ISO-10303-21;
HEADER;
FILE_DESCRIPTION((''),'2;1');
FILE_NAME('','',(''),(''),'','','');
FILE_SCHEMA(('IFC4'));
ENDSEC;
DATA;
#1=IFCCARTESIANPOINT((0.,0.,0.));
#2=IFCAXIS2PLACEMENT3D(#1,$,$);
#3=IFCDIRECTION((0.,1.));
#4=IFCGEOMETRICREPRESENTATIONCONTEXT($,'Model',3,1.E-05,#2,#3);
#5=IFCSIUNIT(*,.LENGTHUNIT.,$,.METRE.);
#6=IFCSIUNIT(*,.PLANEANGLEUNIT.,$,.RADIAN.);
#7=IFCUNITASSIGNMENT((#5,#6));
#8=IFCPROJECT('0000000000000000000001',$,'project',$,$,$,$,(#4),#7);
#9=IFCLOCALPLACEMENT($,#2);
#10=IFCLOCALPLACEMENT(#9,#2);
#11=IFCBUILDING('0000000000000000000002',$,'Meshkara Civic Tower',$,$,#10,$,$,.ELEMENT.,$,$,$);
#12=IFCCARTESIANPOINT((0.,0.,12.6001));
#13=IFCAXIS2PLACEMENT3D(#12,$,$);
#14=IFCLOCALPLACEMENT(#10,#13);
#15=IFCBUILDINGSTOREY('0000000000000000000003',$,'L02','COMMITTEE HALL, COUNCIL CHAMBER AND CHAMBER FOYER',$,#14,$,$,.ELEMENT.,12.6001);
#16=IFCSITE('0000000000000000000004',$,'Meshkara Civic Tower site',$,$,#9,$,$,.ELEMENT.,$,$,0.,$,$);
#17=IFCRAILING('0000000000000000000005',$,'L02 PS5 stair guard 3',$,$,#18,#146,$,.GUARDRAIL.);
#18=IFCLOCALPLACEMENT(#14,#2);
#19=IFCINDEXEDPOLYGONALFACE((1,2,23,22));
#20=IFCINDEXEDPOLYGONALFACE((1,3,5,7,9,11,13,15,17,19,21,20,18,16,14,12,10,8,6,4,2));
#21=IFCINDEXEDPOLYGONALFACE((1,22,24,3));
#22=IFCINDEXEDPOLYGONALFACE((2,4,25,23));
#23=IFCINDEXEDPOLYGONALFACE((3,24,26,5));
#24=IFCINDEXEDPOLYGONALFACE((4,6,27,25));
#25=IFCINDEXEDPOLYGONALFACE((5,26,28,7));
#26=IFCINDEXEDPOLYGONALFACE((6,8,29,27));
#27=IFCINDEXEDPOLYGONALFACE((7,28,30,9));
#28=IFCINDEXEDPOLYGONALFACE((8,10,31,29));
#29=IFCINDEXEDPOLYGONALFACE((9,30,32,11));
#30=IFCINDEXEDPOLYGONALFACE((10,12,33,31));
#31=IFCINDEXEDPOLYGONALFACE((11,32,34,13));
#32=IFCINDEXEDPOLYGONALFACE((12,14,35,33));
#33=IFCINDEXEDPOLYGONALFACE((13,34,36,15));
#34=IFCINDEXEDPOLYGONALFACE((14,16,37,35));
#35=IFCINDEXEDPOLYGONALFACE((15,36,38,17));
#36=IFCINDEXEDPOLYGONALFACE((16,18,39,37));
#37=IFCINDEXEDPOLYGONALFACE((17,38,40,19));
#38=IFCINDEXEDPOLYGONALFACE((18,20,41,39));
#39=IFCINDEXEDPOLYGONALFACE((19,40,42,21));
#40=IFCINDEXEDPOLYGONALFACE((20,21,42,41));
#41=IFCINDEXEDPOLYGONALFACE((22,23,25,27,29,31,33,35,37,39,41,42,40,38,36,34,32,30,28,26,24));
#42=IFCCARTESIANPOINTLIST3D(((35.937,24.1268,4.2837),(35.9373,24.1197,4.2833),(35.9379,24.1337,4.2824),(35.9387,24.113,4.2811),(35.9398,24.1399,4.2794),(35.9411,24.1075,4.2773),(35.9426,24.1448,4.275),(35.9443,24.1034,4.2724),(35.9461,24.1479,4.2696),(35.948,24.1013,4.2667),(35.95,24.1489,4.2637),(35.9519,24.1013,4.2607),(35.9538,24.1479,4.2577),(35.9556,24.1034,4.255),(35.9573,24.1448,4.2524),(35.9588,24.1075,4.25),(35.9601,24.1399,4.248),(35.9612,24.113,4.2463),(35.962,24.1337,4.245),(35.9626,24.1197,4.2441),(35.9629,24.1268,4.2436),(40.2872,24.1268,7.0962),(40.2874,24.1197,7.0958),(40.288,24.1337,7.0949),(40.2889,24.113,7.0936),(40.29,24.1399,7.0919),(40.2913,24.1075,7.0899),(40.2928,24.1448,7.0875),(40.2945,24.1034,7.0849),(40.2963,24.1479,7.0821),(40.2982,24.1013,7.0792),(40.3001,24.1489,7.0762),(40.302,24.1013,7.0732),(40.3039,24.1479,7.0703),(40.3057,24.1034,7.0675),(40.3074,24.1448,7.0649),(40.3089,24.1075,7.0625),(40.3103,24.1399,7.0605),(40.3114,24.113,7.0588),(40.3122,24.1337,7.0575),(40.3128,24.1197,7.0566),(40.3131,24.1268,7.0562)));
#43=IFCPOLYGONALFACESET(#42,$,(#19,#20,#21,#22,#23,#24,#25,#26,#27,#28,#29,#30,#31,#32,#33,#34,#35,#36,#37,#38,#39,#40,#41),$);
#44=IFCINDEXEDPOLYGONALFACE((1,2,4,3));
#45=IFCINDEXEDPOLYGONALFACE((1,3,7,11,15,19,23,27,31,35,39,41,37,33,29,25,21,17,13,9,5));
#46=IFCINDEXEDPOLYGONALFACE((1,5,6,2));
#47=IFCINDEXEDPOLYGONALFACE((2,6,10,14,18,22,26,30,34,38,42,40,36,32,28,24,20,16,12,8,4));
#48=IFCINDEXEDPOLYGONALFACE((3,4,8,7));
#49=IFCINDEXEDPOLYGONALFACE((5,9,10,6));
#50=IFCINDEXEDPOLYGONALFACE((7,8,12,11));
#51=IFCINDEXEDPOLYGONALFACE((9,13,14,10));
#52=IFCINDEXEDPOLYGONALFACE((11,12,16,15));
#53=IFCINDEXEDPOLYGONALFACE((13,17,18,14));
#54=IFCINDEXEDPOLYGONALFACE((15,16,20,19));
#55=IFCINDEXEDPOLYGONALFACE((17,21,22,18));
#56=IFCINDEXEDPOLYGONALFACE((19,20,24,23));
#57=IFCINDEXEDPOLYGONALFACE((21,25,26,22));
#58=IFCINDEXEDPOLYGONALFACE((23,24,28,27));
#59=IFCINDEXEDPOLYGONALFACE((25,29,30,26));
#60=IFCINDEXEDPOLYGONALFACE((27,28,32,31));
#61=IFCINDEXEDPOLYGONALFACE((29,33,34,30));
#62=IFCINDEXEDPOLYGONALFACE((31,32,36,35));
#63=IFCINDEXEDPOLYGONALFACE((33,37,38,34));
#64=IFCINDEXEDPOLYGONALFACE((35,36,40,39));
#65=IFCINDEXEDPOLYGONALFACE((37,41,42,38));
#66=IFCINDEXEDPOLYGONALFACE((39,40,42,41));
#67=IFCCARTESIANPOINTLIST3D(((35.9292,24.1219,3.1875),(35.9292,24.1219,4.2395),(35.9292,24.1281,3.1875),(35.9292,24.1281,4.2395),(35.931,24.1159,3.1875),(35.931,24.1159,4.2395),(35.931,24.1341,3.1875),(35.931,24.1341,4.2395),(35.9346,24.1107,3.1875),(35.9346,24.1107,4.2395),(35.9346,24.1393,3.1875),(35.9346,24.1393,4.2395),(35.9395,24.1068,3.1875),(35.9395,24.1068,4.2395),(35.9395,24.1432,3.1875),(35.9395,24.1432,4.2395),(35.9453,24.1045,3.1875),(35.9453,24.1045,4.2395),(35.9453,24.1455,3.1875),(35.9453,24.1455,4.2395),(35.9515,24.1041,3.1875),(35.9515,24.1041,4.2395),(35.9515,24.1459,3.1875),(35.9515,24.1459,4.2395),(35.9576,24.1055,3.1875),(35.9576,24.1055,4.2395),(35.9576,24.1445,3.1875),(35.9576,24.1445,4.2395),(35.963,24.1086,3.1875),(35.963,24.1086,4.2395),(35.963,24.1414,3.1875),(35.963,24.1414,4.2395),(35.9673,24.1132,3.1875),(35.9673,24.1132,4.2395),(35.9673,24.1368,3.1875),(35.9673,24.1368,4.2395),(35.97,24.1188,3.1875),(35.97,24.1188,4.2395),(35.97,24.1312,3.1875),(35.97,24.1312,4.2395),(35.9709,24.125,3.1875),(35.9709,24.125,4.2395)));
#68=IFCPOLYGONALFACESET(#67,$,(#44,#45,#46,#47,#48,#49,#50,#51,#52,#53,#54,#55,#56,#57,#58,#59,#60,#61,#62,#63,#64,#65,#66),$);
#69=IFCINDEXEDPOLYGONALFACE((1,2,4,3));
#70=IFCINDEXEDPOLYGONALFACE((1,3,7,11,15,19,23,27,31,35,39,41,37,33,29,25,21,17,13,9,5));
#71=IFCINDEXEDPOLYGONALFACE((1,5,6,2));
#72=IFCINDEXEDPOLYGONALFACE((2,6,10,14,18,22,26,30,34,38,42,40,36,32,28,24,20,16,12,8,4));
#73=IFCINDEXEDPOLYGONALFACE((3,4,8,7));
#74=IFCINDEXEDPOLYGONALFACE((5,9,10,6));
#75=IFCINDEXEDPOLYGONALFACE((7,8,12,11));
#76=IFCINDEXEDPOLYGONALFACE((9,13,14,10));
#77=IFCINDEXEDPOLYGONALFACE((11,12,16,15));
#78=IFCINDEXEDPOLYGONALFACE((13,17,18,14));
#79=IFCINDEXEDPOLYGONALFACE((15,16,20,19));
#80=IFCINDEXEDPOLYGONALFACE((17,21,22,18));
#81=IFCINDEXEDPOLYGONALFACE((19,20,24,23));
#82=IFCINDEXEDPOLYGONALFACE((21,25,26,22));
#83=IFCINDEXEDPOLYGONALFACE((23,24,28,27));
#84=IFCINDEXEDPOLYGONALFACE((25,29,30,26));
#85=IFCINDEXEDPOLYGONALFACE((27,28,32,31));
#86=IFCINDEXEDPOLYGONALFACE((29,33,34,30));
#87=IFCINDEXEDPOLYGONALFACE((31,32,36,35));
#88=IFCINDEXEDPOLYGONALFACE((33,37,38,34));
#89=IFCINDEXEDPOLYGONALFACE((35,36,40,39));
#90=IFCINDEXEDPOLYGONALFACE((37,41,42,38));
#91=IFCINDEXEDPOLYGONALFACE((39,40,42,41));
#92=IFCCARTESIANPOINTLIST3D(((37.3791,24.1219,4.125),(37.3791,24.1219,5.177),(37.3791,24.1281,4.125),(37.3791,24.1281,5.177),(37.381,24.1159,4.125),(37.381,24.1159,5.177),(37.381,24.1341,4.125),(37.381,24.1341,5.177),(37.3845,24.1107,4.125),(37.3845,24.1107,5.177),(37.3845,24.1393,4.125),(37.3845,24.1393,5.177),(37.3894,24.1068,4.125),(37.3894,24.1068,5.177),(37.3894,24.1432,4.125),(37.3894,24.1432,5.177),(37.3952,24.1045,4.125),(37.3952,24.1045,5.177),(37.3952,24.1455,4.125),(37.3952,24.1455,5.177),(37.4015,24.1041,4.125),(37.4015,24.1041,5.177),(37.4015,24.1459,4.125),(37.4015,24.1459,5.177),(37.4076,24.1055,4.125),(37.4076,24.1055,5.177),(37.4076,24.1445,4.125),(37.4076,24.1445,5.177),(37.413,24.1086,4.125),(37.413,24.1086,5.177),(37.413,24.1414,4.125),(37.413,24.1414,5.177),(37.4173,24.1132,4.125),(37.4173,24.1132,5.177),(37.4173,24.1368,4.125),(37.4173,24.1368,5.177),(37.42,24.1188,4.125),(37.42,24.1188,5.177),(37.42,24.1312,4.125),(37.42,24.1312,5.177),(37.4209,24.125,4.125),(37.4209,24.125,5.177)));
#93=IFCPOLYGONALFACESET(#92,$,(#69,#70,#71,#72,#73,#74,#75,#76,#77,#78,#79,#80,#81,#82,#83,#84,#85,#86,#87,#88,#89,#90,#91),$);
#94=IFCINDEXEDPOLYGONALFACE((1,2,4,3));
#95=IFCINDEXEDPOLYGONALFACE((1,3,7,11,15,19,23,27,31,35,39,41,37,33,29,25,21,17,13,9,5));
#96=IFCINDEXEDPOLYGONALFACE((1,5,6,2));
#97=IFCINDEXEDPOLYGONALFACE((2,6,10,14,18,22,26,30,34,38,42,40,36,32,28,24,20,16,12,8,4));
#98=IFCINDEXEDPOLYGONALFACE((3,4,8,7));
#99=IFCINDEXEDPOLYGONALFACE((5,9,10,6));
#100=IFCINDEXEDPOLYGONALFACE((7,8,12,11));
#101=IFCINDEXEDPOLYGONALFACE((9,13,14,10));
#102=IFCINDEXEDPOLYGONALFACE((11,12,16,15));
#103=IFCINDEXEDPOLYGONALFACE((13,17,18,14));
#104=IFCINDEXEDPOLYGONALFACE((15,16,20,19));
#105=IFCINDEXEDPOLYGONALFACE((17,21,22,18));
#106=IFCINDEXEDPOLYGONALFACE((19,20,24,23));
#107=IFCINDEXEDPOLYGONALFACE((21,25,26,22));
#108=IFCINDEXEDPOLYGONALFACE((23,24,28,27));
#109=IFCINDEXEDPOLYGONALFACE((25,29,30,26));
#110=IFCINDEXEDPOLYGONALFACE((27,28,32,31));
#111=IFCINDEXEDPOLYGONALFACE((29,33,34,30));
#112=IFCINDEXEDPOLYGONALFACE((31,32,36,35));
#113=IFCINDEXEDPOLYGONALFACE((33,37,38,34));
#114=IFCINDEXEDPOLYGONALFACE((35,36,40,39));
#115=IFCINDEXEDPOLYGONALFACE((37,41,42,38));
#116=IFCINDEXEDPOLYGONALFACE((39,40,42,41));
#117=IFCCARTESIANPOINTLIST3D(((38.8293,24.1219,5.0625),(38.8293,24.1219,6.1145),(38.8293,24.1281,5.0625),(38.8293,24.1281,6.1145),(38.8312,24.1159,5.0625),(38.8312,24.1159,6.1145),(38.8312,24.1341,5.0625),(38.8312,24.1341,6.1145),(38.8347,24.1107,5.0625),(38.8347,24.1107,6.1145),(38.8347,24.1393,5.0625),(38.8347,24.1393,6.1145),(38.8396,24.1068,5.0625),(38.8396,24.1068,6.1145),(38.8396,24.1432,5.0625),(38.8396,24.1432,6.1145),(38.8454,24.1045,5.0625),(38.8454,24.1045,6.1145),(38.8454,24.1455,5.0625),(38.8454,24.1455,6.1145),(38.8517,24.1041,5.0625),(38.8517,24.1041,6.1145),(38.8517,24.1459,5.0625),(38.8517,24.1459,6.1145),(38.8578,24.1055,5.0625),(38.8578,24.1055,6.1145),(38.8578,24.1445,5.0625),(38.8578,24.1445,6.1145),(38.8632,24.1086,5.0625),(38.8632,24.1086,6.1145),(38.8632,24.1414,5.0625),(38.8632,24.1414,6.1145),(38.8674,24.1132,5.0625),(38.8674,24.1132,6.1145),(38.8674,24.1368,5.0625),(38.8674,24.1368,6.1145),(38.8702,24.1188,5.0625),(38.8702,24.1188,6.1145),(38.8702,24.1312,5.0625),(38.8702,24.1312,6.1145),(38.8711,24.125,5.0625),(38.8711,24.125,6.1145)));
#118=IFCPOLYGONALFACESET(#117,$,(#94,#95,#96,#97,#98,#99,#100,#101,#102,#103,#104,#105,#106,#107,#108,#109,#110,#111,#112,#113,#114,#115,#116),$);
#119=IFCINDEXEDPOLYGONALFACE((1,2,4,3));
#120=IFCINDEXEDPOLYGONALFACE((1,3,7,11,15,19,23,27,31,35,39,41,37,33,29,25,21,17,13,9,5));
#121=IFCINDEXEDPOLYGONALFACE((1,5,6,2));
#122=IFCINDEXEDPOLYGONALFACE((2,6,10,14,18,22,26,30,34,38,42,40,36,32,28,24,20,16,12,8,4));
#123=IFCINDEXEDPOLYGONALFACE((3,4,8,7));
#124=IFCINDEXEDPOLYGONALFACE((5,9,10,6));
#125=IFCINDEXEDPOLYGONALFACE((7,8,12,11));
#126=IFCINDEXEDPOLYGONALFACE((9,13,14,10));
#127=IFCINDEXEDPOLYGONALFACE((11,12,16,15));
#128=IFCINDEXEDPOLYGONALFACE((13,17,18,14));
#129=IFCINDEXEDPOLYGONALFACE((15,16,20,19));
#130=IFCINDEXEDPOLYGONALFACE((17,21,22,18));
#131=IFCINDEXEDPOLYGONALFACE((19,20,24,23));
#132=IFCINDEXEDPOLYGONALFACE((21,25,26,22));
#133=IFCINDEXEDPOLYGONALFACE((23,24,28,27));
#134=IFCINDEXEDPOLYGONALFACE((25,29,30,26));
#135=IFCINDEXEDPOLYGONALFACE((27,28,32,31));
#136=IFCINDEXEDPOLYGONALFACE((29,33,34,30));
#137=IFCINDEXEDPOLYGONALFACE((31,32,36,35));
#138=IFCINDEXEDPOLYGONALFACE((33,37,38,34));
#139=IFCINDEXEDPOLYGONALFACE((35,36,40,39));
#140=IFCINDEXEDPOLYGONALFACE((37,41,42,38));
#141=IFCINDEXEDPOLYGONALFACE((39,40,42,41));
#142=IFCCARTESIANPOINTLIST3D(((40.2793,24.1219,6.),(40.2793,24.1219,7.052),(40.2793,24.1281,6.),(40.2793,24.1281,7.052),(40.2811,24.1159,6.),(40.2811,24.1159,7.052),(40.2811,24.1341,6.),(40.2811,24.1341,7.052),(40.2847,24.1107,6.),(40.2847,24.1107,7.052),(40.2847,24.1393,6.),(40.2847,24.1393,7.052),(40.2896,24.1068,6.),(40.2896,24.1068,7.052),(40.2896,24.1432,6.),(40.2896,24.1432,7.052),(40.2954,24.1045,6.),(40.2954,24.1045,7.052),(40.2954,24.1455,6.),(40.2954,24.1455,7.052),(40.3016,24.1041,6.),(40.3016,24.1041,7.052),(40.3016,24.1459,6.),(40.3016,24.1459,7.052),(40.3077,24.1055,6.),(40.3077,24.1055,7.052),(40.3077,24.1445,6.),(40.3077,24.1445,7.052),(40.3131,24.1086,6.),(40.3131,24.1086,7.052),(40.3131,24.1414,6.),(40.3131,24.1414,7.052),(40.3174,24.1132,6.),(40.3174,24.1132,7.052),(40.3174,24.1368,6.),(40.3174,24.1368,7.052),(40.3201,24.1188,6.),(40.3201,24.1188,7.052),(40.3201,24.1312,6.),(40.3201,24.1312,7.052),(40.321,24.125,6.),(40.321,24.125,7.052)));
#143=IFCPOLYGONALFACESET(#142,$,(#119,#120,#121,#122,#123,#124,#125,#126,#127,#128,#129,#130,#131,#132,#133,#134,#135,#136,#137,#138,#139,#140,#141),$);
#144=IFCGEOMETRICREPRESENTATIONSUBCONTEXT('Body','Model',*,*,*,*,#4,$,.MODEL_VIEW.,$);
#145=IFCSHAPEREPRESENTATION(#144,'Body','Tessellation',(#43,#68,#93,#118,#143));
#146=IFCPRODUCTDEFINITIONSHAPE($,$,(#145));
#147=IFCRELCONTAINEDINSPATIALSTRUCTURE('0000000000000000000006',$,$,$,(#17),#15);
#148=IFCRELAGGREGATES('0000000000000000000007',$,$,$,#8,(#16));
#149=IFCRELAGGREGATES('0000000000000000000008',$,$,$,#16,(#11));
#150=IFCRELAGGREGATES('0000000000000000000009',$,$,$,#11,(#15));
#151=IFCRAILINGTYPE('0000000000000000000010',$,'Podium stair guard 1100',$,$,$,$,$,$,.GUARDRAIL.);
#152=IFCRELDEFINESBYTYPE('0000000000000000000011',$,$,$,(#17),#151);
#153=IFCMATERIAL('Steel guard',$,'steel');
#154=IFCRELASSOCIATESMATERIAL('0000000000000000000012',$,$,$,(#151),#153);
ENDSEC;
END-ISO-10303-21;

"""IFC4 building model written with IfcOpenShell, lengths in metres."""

from ifc_helpers import new_model, si_unit, direction, frame, origin, origin_2d, place, context, subcontext, project, spatial, circle, extrude, material, type_object, element, save


model = new_model("IFC4")

# Units and contexts
model_context = context("Model", 3, precision=1e-05, world=origin(), true_north=direction((0.0, 1.0)))
body_context = subcontext(model_context, "Body", "Model", "MODEL_VIEW")
ifc_project = project(units=[si_unit("LENGTHUNIT", "METRE"), si_unit("PLANEANGLEUNIT", "RADIAN")], contexts=[model_context])

# Site, building, storey
site_placement = place(None, origin())
site = spatial("IfcSite", under=ifc_project, at=site_placement, Name="Meshkara Civic Tower site", CompositionType="ELEMENT", RefElevation=0.0)
building_placement = place(site_placement, origin())
building = spatial("IfcBuilding", under=site, at=building_placement, Name="Meshkara Civic Tower", CompositionType="ELEMENT")
storey_placement = place(building_placement, frame((0.0, 0.0, 12.6001)))
storey = spatial("IfcBuildingStorey", under=building, at=storey_placement, Name="L02", Description="COMMITTEE HALL, COUNCIL CHAMBER AND CHAMBER FOYER", CompositionType="ELEMENT", Elevation=12.6001)

# Railing
ifc_material_1 = material(Name="Steel guard", Category="steel")
railing_type_1 = type_object("IfcRailingType", Name="Podium stair guard 1100", PredefinedType="GUARDRAIL", material=ifc_material_1)
railing_1_placement = place(storey_placement, frame((35.95, 24.125, 3.1875)))
element("IfcRailing", 1, at=railing_1_placement, inside=storey, type_object=railing_type_1, Name="L02 PS5 stair guard 3", PredefinedType="GUARDRAIL", context=body_context, shape_type="SweptSolid", body=[
    extrude(circle(Radius=0.0239, at=origin_2d()), frame((0.0, 0.0, 1.0762), z_axis=(0.83977, 0.0, 0.542942), x_axis=(0.0, 1.0, 0.0)), (0.0, 0.0, 1.0), 5.1802),
    extrude(circle(Radius=0.021, at=origin_2d()), origin(), (0.0, 0.0, 1.0), 1.052),
    extrude(circle(Radius=0.021, at=origin_2d()), frame((1.45, 0.0, 0.9375)), (0.0, 0.0, 1.0), 1.052),
    extrude(circle(Radius=0.021, at=origin_2d()), frame((2.9001, 0.0, 1.875)), (0.0, 0.0, 1.0), 1.052),
    extrude(circle(Radius=0.021, at=origin_2d()), frame((4.3501, 0.0, 2.8125)), (0.0, 0.0, 1.0), 1.052),
])

save(model, "model.ifc")
